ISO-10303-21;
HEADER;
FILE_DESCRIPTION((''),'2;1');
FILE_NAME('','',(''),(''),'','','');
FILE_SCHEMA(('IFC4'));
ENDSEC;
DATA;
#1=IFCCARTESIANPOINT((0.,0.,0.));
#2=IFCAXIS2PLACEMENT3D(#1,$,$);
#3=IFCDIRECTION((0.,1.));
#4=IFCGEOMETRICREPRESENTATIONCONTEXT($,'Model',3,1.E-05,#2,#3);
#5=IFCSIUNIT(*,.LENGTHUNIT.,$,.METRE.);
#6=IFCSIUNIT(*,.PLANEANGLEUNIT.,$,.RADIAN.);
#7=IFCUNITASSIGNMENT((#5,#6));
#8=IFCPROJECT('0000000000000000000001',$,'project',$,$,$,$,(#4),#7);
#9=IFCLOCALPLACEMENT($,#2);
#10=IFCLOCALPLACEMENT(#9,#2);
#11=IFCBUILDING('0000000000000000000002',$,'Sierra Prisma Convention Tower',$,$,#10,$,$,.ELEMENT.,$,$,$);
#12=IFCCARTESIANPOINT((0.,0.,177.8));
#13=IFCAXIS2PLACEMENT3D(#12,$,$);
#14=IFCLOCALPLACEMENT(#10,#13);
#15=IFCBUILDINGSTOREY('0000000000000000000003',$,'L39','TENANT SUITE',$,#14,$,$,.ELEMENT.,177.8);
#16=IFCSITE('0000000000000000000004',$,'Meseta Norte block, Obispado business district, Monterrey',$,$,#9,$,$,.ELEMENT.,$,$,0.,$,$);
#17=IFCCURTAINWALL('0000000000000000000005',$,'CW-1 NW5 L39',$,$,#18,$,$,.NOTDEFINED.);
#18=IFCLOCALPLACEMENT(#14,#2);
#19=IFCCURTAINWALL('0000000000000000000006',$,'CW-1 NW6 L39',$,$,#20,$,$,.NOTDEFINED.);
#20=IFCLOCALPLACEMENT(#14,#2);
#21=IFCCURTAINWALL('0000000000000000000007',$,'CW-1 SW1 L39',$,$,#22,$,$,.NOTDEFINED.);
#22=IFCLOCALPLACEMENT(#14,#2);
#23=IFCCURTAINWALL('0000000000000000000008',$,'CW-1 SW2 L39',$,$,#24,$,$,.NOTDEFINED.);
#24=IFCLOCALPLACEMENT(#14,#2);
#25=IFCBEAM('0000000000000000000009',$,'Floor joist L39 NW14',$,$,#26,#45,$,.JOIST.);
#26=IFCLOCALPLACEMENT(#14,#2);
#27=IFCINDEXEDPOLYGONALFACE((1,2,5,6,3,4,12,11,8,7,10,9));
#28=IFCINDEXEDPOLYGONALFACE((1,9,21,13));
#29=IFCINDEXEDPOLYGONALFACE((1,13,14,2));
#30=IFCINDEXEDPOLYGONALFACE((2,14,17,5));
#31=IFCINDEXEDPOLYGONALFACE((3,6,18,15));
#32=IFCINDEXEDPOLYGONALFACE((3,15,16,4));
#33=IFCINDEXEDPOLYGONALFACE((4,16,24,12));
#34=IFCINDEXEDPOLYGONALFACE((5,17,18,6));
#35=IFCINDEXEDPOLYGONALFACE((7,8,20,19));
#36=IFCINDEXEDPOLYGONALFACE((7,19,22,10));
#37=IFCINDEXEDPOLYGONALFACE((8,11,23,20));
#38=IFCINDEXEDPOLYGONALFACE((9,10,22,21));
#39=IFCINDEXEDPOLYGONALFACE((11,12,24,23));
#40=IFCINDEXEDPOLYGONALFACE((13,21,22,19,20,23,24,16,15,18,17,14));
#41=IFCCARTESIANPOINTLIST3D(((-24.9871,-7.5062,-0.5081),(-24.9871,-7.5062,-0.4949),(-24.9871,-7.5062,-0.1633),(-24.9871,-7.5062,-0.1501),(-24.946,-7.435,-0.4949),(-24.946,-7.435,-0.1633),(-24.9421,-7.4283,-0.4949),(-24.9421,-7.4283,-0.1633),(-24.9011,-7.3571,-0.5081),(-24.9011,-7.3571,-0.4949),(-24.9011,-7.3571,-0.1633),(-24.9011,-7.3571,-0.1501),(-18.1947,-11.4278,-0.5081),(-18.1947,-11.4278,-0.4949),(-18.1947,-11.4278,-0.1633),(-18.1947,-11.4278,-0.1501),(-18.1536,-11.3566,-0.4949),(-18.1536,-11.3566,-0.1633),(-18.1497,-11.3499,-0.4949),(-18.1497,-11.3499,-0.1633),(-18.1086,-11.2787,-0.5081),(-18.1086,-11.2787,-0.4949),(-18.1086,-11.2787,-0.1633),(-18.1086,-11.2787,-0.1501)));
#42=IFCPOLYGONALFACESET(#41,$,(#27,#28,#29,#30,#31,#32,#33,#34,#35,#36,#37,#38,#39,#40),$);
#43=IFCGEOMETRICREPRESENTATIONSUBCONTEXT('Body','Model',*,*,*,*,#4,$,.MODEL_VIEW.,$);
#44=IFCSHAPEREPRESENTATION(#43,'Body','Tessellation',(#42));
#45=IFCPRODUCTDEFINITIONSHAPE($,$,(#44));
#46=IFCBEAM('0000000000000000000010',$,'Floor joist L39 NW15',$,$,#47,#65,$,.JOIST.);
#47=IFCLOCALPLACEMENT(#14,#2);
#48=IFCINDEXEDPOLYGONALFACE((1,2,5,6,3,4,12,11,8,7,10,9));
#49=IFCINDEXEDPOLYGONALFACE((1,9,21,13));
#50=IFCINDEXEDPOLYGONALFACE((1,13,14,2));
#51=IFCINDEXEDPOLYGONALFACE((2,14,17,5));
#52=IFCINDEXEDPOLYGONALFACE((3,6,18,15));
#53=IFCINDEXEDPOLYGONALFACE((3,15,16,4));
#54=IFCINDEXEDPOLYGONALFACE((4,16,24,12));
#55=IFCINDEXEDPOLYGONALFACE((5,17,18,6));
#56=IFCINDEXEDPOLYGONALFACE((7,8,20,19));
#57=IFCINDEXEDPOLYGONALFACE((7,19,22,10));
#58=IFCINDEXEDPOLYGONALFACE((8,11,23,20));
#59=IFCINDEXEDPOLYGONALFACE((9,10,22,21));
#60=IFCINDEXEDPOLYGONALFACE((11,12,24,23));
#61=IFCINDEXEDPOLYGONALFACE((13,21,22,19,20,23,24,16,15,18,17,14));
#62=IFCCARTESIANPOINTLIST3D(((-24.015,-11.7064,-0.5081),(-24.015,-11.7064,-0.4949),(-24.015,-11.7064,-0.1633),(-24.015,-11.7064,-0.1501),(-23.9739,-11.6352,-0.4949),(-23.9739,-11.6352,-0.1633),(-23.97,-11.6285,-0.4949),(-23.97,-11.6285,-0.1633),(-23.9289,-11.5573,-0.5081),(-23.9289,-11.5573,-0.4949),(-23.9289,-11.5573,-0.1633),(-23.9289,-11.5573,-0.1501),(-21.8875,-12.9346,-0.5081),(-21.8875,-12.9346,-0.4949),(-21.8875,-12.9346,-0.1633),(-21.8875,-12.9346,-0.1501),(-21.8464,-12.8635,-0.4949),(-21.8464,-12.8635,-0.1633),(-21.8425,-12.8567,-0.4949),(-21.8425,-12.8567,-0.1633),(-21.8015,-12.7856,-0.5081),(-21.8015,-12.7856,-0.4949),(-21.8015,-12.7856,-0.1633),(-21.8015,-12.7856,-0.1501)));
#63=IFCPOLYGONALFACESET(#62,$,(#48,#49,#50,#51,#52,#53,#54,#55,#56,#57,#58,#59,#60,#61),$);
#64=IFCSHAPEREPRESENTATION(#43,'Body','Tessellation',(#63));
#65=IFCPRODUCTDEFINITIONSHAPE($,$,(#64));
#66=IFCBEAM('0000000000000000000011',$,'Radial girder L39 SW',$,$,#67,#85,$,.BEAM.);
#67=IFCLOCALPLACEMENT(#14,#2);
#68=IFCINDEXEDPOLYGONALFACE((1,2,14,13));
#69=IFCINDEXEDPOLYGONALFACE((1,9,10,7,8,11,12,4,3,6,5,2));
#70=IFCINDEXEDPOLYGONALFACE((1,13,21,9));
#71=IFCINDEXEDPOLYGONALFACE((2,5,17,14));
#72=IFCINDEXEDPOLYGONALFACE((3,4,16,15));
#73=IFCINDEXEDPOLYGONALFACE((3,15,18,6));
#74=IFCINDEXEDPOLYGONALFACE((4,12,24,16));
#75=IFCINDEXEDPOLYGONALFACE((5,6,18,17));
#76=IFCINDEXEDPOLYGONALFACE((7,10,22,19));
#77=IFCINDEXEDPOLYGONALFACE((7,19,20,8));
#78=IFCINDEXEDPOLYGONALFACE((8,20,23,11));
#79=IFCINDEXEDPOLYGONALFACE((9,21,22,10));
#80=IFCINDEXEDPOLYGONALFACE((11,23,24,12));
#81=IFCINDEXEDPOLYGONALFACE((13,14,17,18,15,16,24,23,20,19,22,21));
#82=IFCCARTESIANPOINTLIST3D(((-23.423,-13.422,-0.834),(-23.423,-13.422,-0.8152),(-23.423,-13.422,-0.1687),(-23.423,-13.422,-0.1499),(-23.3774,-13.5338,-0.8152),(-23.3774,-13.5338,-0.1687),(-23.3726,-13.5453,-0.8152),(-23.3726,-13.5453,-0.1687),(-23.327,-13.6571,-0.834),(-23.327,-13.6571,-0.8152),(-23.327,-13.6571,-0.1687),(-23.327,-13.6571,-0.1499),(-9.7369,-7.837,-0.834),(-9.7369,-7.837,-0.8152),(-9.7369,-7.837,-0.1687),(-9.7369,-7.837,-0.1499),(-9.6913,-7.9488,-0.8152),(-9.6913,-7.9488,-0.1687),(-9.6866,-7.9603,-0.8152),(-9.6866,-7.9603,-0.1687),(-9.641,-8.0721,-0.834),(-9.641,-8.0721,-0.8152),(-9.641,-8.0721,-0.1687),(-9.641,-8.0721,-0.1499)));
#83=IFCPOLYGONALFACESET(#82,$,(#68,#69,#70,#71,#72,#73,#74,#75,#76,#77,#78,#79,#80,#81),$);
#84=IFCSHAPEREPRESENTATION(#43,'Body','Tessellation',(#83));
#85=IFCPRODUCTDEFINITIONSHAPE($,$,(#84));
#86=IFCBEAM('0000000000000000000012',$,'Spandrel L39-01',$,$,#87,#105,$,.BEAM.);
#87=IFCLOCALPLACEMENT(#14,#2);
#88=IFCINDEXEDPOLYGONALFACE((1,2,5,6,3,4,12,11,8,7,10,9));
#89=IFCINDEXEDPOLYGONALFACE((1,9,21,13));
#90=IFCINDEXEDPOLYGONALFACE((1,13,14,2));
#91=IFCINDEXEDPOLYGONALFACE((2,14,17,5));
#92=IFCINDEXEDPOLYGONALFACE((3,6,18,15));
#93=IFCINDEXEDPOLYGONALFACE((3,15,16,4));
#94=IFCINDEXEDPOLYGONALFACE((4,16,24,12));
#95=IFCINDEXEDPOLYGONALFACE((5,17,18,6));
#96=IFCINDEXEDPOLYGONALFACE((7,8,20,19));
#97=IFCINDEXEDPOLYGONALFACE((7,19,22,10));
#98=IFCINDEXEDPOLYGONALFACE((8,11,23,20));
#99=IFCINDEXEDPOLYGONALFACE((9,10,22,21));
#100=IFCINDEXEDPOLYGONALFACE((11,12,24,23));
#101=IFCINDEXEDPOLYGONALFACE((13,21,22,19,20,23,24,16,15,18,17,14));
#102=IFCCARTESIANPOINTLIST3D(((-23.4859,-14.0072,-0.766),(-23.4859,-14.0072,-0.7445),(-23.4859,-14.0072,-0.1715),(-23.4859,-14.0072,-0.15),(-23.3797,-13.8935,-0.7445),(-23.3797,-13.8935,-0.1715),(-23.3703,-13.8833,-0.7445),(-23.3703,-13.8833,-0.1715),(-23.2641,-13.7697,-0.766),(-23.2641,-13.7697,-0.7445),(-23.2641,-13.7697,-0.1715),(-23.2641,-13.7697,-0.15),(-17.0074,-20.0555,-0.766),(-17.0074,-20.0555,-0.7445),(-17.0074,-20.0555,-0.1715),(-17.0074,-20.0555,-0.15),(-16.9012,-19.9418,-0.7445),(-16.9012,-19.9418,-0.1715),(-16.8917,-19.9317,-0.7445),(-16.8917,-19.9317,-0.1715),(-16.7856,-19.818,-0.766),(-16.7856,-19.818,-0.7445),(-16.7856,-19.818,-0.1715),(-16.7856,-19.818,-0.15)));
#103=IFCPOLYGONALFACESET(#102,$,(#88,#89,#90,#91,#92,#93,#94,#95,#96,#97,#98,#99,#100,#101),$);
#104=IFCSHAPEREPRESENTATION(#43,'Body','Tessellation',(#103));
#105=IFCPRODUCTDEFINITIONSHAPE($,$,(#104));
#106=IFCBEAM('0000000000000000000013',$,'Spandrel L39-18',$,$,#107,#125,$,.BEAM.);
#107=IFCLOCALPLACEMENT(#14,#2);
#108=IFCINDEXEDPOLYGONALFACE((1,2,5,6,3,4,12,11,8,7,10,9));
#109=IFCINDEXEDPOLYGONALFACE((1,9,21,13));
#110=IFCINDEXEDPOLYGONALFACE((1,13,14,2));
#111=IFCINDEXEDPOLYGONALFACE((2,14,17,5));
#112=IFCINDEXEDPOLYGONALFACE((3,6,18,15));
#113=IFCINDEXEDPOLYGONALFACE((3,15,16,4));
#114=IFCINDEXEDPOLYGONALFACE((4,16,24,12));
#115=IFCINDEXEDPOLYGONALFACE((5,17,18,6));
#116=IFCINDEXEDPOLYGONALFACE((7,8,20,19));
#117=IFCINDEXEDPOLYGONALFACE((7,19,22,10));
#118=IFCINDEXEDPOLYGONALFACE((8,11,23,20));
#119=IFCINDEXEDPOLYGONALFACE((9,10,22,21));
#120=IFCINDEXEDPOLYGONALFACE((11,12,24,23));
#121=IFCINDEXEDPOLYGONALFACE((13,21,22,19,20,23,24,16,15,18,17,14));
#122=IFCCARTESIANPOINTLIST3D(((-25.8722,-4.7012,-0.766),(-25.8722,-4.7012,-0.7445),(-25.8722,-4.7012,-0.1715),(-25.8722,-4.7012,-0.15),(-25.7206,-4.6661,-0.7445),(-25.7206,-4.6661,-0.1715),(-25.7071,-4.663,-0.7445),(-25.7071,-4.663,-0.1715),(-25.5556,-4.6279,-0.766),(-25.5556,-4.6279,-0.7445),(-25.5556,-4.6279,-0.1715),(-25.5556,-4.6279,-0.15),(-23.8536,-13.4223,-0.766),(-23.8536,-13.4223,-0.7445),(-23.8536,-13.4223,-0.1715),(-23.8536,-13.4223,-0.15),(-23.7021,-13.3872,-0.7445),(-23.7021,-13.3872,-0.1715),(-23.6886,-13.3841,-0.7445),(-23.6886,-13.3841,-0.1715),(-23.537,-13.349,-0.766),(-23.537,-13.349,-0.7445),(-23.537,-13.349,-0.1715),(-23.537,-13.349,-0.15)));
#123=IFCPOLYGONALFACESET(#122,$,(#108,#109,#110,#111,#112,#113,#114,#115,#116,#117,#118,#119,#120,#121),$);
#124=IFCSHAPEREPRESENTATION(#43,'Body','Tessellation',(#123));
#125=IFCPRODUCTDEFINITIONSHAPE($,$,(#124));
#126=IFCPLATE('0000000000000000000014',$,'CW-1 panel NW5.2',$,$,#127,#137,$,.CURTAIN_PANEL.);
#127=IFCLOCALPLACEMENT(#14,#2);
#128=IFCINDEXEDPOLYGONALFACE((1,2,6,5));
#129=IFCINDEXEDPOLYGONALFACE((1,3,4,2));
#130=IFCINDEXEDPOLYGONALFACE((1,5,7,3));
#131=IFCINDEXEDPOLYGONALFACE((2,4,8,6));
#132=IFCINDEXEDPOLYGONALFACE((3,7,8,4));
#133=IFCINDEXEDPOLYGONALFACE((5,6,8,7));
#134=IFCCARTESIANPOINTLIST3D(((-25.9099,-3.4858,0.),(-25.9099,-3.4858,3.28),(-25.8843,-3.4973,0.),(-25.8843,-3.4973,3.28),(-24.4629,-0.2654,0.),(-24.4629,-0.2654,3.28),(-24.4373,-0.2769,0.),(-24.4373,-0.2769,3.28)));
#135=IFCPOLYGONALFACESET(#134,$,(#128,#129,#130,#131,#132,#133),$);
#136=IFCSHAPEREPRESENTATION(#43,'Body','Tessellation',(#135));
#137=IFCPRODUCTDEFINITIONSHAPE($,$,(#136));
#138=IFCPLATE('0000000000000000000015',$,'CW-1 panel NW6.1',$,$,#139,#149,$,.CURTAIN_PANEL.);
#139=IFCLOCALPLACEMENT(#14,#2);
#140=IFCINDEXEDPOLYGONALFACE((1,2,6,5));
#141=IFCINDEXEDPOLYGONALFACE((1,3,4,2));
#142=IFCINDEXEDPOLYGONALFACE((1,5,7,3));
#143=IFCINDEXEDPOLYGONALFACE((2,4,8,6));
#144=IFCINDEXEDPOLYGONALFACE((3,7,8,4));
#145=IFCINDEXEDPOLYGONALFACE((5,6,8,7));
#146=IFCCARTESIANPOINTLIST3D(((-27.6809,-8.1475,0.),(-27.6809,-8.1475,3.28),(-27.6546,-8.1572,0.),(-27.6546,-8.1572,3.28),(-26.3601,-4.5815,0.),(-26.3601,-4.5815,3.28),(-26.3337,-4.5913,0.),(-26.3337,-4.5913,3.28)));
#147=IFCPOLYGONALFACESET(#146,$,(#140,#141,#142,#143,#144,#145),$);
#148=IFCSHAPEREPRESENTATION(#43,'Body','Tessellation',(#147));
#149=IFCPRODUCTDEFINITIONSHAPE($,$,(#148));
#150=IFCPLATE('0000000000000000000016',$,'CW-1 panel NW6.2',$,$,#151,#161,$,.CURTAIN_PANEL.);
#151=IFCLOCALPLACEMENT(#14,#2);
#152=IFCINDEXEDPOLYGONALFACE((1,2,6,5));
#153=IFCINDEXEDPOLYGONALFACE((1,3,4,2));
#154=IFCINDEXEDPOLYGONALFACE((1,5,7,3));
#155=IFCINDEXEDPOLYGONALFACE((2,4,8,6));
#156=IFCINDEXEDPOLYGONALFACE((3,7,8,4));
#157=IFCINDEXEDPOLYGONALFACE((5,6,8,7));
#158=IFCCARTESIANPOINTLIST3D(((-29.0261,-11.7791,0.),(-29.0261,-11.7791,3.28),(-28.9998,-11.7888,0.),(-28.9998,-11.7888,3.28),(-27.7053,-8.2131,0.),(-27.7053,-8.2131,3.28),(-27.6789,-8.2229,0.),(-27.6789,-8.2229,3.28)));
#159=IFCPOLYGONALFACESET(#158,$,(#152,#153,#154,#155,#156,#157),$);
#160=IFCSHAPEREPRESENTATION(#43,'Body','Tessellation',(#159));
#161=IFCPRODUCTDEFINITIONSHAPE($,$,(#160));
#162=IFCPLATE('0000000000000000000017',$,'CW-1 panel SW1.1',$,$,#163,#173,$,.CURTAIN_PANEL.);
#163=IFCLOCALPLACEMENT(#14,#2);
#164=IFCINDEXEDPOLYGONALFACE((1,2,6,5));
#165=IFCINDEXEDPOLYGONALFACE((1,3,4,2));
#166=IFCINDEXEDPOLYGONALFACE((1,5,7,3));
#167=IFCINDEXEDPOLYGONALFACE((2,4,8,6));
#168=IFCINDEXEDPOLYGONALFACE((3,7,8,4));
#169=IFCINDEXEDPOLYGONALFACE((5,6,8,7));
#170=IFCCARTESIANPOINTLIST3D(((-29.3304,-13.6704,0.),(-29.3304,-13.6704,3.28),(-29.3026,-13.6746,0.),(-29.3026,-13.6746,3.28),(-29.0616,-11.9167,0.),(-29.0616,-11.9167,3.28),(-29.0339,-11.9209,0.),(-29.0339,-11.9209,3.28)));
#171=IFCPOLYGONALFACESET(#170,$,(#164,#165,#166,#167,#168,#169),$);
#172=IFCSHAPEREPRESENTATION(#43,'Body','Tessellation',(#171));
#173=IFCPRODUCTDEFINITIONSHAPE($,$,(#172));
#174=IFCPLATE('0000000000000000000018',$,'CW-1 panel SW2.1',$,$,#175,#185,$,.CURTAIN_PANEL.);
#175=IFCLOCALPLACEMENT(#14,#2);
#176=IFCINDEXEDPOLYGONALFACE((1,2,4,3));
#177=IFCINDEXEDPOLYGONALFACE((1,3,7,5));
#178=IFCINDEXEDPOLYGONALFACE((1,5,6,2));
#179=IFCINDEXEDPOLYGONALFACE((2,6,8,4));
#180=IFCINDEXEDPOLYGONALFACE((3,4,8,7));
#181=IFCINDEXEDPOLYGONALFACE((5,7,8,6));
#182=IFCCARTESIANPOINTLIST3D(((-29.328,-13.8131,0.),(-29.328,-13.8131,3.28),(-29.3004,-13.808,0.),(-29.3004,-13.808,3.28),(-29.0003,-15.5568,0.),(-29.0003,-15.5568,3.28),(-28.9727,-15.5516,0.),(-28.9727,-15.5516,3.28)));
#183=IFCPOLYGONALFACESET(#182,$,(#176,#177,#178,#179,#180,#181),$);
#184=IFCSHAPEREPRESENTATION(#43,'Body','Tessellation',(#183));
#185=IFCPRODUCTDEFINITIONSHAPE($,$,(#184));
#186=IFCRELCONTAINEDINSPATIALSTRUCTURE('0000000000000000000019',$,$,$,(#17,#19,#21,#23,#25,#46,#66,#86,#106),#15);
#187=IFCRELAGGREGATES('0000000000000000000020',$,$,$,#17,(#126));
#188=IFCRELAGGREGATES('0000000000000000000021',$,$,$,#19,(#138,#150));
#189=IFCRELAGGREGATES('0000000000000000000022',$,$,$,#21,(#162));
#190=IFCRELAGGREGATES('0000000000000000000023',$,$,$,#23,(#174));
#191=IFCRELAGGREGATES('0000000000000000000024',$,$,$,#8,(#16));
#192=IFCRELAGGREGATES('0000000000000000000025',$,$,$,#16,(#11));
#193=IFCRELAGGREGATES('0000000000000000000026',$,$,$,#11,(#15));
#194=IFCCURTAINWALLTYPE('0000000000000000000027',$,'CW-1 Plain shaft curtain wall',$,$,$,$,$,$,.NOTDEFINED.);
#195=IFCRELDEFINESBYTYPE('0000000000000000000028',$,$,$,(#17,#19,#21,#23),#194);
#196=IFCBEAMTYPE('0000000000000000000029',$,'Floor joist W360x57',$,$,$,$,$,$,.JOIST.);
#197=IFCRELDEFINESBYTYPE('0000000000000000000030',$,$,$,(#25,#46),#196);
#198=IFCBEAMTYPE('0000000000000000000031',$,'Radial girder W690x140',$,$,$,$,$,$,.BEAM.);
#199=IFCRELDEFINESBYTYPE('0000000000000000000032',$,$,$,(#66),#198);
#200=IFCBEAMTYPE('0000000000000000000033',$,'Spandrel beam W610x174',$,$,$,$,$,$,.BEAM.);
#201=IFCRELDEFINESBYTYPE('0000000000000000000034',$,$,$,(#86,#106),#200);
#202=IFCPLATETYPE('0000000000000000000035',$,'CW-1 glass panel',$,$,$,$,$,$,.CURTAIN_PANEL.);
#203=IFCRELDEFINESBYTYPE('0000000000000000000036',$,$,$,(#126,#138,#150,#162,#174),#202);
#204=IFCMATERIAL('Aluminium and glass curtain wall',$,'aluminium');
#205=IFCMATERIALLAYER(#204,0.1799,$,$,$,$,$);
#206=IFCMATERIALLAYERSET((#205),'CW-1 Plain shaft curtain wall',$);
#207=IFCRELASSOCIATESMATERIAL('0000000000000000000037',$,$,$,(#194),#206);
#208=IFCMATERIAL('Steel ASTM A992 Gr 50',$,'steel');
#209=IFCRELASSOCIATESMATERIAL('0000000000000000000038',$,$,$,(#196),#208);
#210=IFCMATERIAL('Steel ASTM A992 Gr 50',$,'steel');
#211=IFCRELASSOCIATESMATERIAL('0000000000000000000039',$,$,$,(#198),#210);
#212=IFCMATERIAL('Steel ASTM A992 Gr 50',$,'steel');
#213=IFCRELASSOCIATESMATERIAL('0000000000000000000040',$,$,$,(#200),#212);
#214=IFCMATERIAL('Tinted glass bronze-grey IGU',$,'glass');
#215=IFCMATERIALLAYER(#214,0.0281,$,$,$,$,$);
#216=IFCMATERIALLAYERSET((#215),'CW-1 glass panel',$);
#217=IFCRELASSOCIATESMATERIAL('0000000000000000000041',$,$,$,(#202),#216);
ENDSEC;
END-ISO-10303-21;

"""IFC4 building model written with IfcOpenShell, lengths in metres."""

from ifc_helpers import new_model, si_unit, direction, frame, origin, origin_2d, place, context, subcontext, project, spatial, rectangle, i_section, extrude, material, layer, layer_set, material_profile, profile_set, type_object, element, aggregate, save


model = new_model("IFC4")

# Units and contexts
model_context = context("Model", 3, precision=1e-05, world=origin(), true_north=direction((0.0, 1.0)))
body_context = subcontext(model_context, "Body", "Model", "MODEL_VIEW")
ifc_project = project(units=[si_unit("LENGTHUNIT", "METRE"), si_unit("PLANEANGLEUNIT", "RADIAN")], contexts=[model_context])

# Site, building, storey
site_placement = place(None, origin())
site = spatial("IfcSite", under=ifc_project, at=site_placement, Name="Meseta Norte block, Obispado business district, Monterrey", CompositionType="ELEMENT", RefElevation=0.0)
building_placement = place(site_placement, origin())
building = spatial("IfcBuilding", under=site, at=building_placement, Name="Sierra Prisma Convention Tower", CompositionType="ELEMENT")
storey_placement = place(building_placement, frame((0.0, 0.0, 177.8)))
storey = spatial("IfcBuildingStorey", under=building, at=storey_placement, Name="L39", Description="TENANT SUITE", CompositionType="ELEMENT", Elevation=177.8)

# Curtain walls
ifc_material_1 = material(Name="Aluminium and glass curtain wall", Category="aluminium")
ifc_layer_1 = layer(ifc_material_1, 0.1799)
ifc_layer_set_1 = layer_set([ifc_layer_1], Name="CW-1 Plain shaft curtain wall")
curtain_wall_type = type_object("IfcCurtainWallType", Name="CW-1 Plain shaft curtain wall", PredefinedType="NOTDEFINED", material=ifc_layer_set_1)
curtain_wall_1_placement = place(storey_placement, origin())
curtain_wall_1 = element("IfcCurtainWall", 1, at=curtain_wall_1_placement, inside=storey, type_object=curtain_wall_type, Name="CW-1 NW5 L39", PredefinedType="NOTDEFINED")
curtain_wall_2_placement = place(storey_placement, origin())
curtain_wall_2 = element("IfcCurtainWall", 2, at=curtain_wall_2_placement, inside=storey, type_object=curtain_wall_type, Name="CW-1 NW6 L39", PredefinedType="NOTDEFINED")
curtain_wall_3_placement = place(storey_placement, origin())
curtain_wall_3 = element("IfcCurtainWall", 3, at=curtain_wall_3_placement, inside=storey, type_object=curtain_wall_type, Name="CW-1 SW1 L39", PredefinedType="NOTDEFINED")
curtain_wall_4_placement = place(storey_placement, origin())
curtain_wall_4 = element("IfcCurtainWall", 4, at=curtain_wall_4_placement, inside=storey, type_object=curtain_wall_type, Name="CW-1 SW2 L39", PredefinedType="NOTDEFINED")

# Beams
ifc_material_2 = material(Name="Steel ASTM A992 Gr 50", Category="steel")
ifc_material_profile_1 = material_profile(ifc_material_2, i_section(OverallWidth=0.1721, OverallDepth=0.3579, WebThickness=0.0078, FlangeThickness=0.0132, at=origin_2d()), Name="W360x57")
ifc_profile_set_1 = profile_set([ifc_material_profile_1], Name="Steel ASTM A992 Gr 50")
beam_type_1 = type_object("IfcBeamType", Name="Floor joist W360x57", PredefinedType="JOIST", material=ifc_profile_set_1)
beam_1_placement = place(storey_placement, frame((-24.9441, -7.4316, -0.3291), z_axis=(0.866026, -0.499999, 0.0), x_axis=(0.499999, 0.866026, 0.0)))
element("IfcBeam", 5, at=beam_1_placement, inside=storey, type_object=beam_type_1, Name="Floor joist L39 NW14", PredefinedType="JOIST", context=body_context, shape_type="SweptSolid", body=[
    extrude(i_section(OverallWidth=0.1721, OverallDepth=0.3579, WebThickness=0.0078, FlangeThickness=0.0132, at=origin_2d()), origin(), (0.0, 0.0, 1.0), 7.8433),
])
beam_2_placement = place(storey_placement, frame((-23.9719, -11.6318, -0.3291), z_axis=(0.866027, -0.499998, 0.0), x_axis=(0.499998, 0.866027, 0.0)))
element("IfcBeam", 6, at=beam_2_placement, inside=storey, type_object=beam_type_1, Name="Floor joist L39 NW15", PredefinedType="JOIST", context=body_context, shape_type="SweptSolid", body=[
    extrude(i_section(OverallWidth=0.1721, OverallDepth=0.3579, WebThickness=0.0078, FlangeThickness=0.0132, at=origin_2d()), origin(), (0.0, 0.0, 1.0), 2.4565),
])
ifc_material_3 = material(Name="Steel ASTM A992 Gr 50", Category="steel")
ifc_material_profile_2 = material_profile(ifc_material_3, i_section(OverallWidth=0.2539, OverallDepth=0.6841, WebThickness=0.0125, FlangeThickness=0.0188, at=origin_2d()), Name="W690x140")
ifc_profile_set_2 = profile_set([ifc_material_profile_2], Name="Steel ASTM A992 Gr 50")
beam_type_2 = type_object("IfcBeamType", Name="Radial girder W690x140", PredefinedType="BEAM", material=ifc_profile_set_2)
beam_3_placement = place(storey_placement, frame((-23.375, -13.5396, -0.4919), z_axis=(0.925875, 0.377829, 0.0), x_axis=(-0.377829, 0.925875, 0.0)))
element("IfcBeam", 7, at=beam_3_placement, inside=storey, type_object=beam_type_2, Name="Radial girder L39 SW", PredefinedType="BEAM", context=body_context, shape_type="SweptSolid", body=[
    extrude(i_section(OverallWidth=0.2539, OverallDepth=0.6841, WebThickness=0.0125, FlangeThickness=0.0188, at=origin_2d()), origin(), (0.0, 0.0, 1.0), 14.7817),
])
ifc_material_4 = material(Name="Steel ASTM A992 Gr 50", Category="steel")
ifc_material_profile_3 = material_profile(ifc_material_4, i_section(OverallWidth=0.325, OverallDepth=0.616, WebThickness=0.0139, FlangeThickness=0.0215, at=origin_2d()), Name="W610x174")
ifc_profile_set_3 = profile_set([ifc_material_profile_3], Name="Steel ASTM A992 Gr 50")
beam_type_3 = type_object("IfcBeamType", Name="Spandrel beam W610x174", PredefinedType="BEAM", material=ifc_profile_set_3)
beam_4_placement = place(storey_placement, frame((-23.375, -13.8884, -0.458), z_axis=(0.730958, -0.682422, 0.0), x_axis=(0.682422, 0.730958, 0.0)))
element("IfcBeam", 8, at=beam_4_placement, inside=storey, type_object=beam_type_3, Name="Spandrel L39-01", PredefinedType="BEAM", context=body_context, shape_type="SweptSolid", body=[
    extrude(i_section(OverallWidth=0.325, OverallDepth=0.616, WebThickness=0.0139, FlangeThickness=0.0215, at=origin_2d()), origin(), (0.0, 0.0, 1.0), 8.863),
])
beam_5_placement = place(storey_placement, frame((-25.7139, -4.6646, -0.458), z_axis=(0.225493, -0.974245, 0.0), x_axis=(0.974245, 0.225493, 0.0)))
element("IfcBeam", 9, at=beam_5_placement, inside=storey, type_object=beam_type_3, Name="Spandrel L39-18", PredefinedType="BEAM", context=body_context, shape_type="SweptSolid", body=[
    extrude(i_section(OverallWidth=0.325, OverallDepth=0.616, WebThickness=0.0139, FlangeThickness=0.0215, at=origin_2d()), origin(), (0.0, 0.0, 1.0), 8.9517),
])

# Plates
ifc_material_5 = material(Name="Tinted glass bronze-grey IGU", Category="glass")
ifc_layer_2 = layer(ifc_material_5, 0.0281)
ifc_layer_set_2 = layer_set([ifc_layer_2], Name="CW-1 glass panel")
plate_type = type_object("IfcPlateType", Name="CW-1 glass panel", PredefinedType="CURTAIN_PANEL", material=ifc_layer_set_2)
plate_1_placement = place(storey_placement, frame((-25.1736, -1.8813, 0.0), z_axis=(0.0, 0.0, 1.0), x_axis=(-0.409843, -0.912156, 0.0)))
plate_1 = element("IfcPlate", 10, at=plate_1_placement, type_object=plate_type, Name="CW-1 panel NW5.2", PredefinedType="CURTAIN_PANEL", context=body_context, shape_type="SweptSolid", body=[
    extrude(rectangle(XDim=3.5305, YDim=0.0281, at=origin_2d()), origin(), (0.0, 0.0, 1.0), 3.28),
])
aggregate(curtain_wall_1, [plate_1])
plate_2_placement = place(storey_placement, frame((-27.0073, -6.3694, 0.0), z_axis=(0.0, 0.0, 1.0), x_axis=(-0.347344, -0.937738, 0.0)))
plate_2 = element("IfcPlate", 11, at=plate_2_placement, type_object=plate_type, Name="CW-1 panel NW6.1", PredefinedType="CURTAIN_PANEL", context=body_context, shape_type="SweptSolid", body=[
    extrude(rectangle(XDim=3.8027, YDim=0.0281, at=origin_2d()), origin(), (0.0, 0.0, 1.0), 3.28),
])
plate_3_placement = place(storey_placement, frame((-28.3525, -10.001, 0.0), z_axis=(0.0, 0.0, 1.0), x_axis=(-0.347344, -0.937738, 0.0)))
plate_3 = element("IfcPlate", 12, at=plate_3_placement, type_object=plate_type, Name="CW-1 panel NW6.2", PredefinedType="CURTAIN_PANEL", context=body_context, shape_type="SweptSolid", body=[
    extrude(rectangle(XDim=3.8027, YDim=0.0281, at=origin_2d()), origin(), (0.0, 0.0, 1.0), 3.28),
])
aggregate(curtain_wall_2, [plate_2, plate_3])
plate_4_placement = place(storey_placement, frame((-29.1821, -12.7957, 0.0), z_axis=(0.0, 0.0, 1.0), x_axis=(-0.151467, -0.988462, 0.0)))
plate_4 = element("IfcPlate", 13, at=plate_4_placement, type_object=plate_type, Name="CW-1 panel SW1.1", PredefinedType="CURTAIN_PANEL", context=body_context, shape_type="SweptSolid", body=[
    extrude(rectangle(XDim=1.7742, YDim=0.0281, at=origin_2d()), origin(), (0.0, 0.0, 1.0), 3.28),
])
aggregate(curtain_wall_3, [plate_4])
plate_5_placement = place(storey_placement, frame((-29.1504, -14.6824, 0.0), z_axis=(0.0, 0.0, 1.0), x_axis=(0.184707, -0.982794, 0.0)))
plate_5 = element("IfcPlate", 14, at=plate_5_placement, type_object=plate_type, Name="CW-1 panel SW2.1", PredefinedType="CURTAIN_PANEL", context=body_context, shape_type="SweptSolid", body=[
    extrude(rectangle(XDim=1.7742, YDim=0.0281, at=origin_2d()), origin(), (0.0, 0.0, 1.0), 3.28),
])
aggregate(curtain_wall_4, [plate_5])

save(model, "model.ifc")
